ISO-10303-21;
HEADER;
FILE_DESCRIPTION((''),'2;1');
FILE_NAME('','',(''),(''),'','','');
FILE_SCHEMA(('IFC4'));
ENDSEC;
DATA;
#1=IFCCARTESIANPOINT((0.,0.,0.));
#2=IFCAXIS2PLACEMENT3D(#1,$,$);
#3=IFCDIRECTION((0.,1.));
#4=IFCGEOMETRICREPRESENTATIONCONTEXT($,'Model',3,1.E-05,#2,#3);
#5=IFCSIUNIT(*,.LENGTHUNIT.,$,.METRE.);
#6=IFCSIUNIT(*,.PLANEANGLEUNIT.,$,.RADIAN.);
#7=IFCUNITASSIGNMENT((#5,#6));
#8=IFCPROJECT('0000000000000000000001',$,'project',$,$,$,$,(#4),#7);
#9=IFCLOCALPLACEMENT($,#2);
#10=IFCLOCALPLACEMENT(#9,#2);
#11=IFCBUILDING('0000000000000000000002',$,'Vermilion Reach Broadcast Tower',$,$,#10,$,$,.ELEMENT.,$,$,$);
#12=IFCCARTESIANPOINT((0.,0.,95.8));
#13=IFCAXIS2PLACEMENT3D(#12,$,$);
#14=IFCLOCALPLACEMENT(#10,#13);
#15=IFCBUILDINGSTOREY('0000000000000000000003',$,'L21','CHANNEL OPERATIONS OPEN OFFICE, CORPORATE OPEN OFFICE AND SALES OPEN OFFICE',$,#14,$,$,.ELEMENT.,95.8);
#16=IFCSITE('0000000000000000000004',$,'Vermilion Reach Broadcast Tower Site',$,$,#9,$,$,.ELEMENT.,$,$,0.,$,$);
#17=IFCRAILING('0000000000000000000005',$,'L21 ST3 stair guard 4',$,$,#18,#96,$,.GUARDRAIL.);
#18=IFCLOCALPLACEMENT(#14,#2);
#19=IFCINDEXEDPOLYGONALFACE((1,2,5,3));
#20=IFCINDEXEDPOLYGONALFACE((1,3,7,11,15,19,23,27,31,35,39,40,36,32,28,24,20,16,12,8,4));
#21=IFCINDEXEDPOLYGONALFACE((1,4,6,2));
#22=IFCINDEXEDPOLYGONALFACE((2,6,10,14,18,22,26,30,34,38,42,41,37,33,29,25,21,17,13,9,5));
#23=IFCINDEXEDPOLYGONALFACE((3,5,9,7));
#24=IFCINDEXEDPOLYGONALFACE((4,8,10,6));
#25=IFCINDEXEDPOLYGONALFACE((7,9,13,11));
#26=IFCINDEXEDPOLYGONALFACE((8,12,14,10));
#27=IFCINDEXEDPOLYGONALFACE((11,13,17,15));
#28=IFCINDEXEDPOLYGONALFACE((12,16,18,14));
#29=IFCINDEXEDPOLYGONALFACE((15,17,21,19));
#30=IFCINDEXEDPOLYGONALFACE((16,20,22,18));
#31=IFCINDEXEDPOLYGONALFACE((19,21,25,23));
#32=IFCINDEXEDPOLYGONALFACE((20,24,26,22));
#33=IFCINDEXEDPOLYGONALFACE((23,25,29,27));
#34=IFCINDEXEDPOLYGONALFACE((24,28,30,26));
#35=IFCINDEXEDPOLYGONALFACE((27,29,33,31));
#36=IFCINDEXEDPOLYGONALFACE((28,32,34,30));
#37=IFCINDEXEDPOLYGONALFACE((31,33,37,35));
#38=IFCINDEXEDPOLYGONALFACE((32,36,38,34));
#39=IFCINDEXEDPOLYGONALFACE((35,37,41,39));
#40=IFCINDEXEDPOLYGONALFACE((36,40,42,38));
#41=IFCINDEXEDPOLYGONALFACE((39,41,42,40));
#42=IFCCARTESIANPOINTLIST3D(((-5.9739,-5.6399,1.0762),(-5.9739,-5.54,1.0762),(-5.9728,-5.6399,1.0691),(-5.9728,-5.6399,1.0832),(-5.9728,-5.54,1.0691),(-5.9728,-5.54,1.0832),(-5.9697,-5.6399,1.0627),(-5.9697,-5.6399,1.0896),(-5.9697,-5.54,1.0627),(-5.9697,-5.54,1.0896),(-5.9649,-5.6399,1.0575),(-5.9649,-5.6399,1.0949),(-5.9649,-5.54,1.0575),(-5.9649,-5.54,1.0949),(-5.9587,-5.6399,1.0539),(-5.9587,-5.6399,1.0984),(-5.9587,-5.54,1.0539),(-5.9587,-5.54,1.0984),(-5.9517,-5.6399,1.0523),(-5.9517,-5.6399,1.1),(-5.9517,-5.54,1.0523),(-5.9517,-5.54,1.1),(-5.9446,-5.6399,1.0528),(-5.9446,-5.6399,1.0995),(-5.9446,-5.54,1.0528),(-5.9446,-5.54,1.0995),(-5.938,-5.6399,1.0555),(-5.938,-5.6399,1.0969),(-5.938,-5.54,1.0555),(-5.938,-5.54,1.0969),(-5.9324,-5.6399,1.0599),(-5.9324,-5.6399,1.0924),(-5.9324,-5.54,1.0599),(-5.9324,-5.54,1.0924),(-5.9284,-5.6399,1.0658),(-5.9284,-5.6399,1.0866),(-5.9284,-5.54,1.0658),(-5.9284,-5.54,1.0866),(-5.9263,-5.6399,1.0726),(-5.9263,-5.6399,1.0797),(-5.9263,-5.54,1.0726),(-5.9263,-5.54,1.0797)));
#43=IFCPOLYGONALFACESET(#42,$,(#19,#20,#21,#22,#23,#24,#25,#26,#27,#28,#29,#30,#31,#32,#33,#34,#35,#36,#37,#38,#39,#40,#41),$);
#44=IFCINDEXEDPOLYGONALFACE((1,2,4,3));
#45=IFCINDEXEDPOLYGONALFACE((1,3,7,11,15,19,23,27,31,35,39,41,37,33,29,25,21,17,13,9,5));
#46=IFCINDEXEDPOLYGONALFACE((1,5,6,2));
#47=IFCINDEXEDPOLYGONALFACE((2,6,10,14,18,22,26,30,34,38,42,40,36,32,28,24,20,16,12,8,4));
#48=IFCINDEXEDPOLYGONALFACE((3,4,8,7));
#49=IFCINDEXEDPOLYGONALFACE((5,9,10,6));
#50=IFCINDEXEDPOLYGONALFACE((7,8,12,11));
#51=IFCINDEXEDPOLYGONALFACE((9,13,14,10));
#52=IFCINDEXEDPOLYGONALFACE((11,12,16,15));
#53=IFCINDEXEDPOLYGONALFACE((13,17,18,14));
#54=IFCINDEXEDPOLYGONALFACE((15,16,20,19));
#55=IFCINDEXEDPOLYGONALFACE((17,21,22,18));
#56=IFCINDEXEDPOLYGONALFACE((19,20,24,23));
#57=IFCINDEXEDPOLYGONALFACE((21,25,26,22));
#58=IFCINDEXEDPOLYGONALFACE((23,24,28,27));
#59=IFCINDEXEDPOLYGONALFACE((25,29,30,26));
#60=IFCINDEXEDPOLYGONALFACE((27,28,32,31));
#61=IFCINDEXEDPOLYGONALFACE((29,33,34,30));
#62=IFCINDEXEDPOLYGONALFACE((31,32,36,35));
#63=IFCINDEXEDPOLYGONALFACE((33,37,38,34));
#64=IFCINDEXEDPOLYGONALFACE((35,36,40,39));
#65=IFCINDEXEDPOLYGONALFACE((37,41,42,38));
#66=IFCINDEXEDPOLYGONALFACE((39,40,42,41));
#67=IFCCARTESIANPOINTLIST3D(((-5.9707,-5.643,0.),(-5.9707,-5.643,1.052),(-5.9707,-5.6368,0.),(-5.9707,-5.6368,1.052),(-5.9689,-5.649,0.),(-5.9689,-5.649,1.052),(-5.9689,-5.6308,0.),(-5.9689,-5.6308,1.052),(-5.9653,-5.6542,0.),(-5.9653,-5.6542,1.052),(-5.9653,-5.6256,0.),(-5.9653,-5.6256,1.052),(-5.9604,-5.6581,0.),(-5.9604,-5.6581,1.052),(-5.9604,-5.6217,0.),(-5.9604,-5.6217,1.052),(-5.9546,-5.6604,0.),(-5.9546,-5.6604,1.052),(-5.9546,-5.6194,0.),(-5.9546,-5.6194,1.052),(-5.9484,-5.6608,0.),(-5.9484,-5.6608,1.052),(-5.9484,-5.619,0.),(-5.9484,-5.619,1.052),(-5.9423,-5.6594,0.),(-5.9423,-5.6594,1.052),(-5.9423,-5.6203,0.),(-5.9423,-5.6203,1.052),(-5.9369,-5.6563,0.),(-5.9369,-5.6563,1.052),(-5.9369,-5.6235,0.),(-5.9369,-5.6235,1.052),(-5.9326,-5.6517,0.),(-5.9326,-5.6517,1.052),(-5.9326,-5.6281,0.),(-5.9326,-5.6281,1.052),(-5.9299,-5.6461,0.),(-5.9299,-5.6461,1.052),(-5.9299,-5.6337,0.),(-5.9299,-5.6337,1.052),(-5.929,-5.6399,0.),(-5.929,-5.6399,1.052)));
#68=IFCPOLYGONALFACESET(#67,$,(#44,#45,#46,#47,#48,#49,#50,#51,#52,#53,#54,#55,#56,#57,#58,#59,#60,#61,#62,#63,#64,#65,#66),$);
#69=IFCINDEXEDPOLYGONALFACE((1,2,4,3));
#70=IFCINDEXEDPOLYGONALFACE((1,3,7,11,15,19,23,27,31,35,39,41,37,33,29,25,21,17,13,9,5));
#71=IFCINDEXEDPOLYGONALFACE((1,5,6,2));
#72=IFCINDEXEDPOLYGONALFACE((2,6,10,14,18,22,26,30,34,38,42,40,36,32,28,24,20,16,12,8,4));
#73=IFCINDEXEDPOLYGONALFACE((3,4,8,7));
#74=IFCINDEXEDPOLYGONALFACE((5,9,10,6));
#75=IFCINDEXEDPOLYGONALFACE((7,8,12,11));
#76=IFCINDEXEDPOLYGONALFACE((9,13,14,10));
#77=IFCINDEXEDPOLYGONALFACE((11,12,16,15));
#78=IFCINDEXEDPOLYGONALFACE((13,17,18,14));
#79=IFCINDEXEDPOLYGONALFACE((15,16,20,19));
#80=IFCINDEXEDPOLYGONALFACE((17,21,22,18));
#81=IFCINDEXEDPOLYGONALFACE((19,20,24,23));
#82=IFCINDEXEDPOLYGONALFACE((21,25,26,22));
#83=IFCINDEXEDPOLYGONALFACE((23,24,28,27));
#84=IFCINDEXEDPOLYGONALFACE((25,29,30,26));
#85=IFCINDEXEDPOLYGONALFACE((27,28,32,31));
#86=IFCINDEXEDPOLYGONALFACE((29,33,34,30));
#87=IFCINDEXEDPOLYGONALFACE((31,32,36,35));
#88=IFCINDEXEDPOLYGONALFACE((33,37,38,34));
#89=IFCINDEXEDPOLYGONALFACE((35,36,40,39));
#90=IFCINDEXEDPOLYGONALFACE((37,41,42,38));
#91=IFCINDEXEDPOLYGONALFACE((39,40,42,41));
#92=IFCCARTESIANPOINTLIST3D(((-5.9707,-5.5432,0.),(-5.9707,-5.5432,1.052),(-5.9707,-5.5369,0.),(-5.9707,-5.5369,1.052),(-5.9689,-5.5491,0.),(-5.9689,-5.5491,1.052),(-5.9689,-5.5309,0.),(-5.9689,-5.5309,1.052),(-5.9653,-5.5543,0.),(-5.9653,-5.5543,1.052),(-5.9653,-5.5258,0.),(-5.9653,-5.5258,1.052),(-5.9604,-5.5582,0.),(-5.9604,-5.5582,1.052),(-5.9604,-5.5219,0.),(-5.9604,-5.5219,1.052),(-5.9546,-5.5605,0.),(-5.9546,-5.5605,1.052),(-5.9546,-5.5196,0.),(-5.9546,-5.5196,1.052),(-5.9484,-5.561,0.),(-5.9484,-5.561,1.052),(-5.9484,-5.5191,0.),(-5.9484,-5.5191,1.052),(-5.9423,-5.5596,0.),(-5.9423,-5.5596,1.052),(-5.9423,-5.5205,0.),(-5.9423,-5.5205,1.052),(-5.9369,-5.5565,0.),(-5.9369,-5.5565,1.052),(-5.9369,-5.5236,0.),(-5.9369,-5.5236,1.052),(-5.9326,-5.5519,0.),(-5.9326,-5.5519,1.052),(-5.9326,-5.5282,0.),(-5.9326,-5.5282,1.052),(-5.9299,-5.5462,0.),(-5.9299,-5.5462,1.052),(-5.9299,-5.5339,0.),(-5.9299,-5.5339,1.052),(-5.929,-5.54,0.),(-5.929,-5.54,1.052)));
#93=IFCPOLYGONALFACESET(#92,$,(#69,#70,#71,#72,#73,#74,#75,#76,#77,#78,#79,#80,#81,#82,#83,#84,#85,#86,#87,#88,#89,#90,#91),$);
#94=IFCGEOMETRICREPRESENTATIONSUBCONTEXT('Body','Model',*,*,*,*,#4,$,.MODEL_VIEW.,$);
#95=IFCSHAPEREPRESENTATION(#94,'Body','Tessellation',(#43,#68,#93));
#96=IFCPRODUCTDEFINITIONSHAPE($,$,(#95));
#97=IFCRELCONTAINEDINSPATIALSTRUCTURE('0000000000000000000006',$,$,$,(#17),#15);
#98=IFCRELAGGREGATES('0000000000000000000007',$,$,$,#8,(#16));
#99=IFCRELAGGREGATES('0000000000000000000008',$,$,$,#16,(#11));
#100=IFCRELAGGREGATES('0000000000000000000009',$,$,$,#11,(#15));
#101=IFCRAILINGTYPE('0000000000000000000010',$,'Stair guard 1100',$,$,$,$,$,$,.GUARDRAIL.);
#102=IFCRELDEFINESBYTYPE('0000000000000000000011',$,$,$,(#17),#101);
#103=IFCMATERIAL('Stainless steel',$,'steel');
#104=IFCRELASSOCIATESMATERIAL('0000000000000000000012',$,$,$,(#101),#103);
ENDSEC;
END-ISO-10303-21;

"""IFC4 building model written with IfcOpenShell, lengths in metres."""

from ifc_helpers import new_model, si_unit, direction, frame, origin, origin_2d, place, context, subcontext, project, spatial, circle, extrude, material, type_object, element, save


model = new_model("IFC4")

# Units and contexts
model_context = context("Model", 3, precision=1e-05, world=origin(), true_north=direction((0.0, 1.0)))
body_context = subcontext(model_context, "Body", "Model", "MODEL_VIEW")
ifc_project = project(units=[si_unit("LENGTHUNIT", "METRE"), si_unit("PLANEANGLEUNIT", "RADIAN")], contexts=[model_context])

# Site, building, storey
site_placement = place(None, origin())
site = spatial("IfcSite", under=ifc_project, at=site_placement, Name="Vermilion Reach Broadcast Tower Site", CompositionType="ELEMENT", RefElevation=0.0)
building_placement = place(site_placement, origin())
building = spatial("IfcBuilding", under=site, at=building_placement, Name="Vermilion Reach Broadcast Tower", CompositionType="ELEMENT")
storey_placement = place(building_placement, frame((0.0, 0.0, 95.8)))
storey = spatial("IfcBuildingStorey", under=building, at=storey_placement, Name="L21", Description="CHANNEL OPERATIONS OPEN OFFICE, CORPORATE OPEN OFFICE AND SALES OPEN OFFICE", CompositionType="ELEMENT", Elevation=95.8)

# Railing
ifc_material_1 = material(Name="Stainless steel", Category="steel")
railing_type_1 = type_object("IfcRailingType", Name="Stair guard 1100", PredefinedType="GUARDRAIL", material=ifc_material_1)
railing_1_placement = place(storey_placement, frame((-5.95, -5.6399, 0.0)))
element("IfcRailing", 1, at=railing_1_placement, inside=storey, type_object=railing_type_1, Name="L21 ST3 stair guard 4", PredefinedType="GUARDRAIL", context=body_context, shape_type="SweptSolid", body=[
    extrude(circle(Radius=0.0239, at=origin_2d()), frame((0.0, 0.0, 1.0762), z_axis=(0.0, 1.0, 0.0), x_axis=(-1.0, 0.0, 0.0)), (0.0, 0.0, 1.0), 0.0999),
    extrude(circle(Radius=0.021, at=origin_2d()), origin(), (0.0, 0.0, 1.0), 1.052),
    extrude(circle(Radius=0.021, at=origin_2d()), frame((0.0, 0.0999, 0.0)), (0.0, 0.0, 1.0), 1.052),
])

save(model, "model.ifc")
